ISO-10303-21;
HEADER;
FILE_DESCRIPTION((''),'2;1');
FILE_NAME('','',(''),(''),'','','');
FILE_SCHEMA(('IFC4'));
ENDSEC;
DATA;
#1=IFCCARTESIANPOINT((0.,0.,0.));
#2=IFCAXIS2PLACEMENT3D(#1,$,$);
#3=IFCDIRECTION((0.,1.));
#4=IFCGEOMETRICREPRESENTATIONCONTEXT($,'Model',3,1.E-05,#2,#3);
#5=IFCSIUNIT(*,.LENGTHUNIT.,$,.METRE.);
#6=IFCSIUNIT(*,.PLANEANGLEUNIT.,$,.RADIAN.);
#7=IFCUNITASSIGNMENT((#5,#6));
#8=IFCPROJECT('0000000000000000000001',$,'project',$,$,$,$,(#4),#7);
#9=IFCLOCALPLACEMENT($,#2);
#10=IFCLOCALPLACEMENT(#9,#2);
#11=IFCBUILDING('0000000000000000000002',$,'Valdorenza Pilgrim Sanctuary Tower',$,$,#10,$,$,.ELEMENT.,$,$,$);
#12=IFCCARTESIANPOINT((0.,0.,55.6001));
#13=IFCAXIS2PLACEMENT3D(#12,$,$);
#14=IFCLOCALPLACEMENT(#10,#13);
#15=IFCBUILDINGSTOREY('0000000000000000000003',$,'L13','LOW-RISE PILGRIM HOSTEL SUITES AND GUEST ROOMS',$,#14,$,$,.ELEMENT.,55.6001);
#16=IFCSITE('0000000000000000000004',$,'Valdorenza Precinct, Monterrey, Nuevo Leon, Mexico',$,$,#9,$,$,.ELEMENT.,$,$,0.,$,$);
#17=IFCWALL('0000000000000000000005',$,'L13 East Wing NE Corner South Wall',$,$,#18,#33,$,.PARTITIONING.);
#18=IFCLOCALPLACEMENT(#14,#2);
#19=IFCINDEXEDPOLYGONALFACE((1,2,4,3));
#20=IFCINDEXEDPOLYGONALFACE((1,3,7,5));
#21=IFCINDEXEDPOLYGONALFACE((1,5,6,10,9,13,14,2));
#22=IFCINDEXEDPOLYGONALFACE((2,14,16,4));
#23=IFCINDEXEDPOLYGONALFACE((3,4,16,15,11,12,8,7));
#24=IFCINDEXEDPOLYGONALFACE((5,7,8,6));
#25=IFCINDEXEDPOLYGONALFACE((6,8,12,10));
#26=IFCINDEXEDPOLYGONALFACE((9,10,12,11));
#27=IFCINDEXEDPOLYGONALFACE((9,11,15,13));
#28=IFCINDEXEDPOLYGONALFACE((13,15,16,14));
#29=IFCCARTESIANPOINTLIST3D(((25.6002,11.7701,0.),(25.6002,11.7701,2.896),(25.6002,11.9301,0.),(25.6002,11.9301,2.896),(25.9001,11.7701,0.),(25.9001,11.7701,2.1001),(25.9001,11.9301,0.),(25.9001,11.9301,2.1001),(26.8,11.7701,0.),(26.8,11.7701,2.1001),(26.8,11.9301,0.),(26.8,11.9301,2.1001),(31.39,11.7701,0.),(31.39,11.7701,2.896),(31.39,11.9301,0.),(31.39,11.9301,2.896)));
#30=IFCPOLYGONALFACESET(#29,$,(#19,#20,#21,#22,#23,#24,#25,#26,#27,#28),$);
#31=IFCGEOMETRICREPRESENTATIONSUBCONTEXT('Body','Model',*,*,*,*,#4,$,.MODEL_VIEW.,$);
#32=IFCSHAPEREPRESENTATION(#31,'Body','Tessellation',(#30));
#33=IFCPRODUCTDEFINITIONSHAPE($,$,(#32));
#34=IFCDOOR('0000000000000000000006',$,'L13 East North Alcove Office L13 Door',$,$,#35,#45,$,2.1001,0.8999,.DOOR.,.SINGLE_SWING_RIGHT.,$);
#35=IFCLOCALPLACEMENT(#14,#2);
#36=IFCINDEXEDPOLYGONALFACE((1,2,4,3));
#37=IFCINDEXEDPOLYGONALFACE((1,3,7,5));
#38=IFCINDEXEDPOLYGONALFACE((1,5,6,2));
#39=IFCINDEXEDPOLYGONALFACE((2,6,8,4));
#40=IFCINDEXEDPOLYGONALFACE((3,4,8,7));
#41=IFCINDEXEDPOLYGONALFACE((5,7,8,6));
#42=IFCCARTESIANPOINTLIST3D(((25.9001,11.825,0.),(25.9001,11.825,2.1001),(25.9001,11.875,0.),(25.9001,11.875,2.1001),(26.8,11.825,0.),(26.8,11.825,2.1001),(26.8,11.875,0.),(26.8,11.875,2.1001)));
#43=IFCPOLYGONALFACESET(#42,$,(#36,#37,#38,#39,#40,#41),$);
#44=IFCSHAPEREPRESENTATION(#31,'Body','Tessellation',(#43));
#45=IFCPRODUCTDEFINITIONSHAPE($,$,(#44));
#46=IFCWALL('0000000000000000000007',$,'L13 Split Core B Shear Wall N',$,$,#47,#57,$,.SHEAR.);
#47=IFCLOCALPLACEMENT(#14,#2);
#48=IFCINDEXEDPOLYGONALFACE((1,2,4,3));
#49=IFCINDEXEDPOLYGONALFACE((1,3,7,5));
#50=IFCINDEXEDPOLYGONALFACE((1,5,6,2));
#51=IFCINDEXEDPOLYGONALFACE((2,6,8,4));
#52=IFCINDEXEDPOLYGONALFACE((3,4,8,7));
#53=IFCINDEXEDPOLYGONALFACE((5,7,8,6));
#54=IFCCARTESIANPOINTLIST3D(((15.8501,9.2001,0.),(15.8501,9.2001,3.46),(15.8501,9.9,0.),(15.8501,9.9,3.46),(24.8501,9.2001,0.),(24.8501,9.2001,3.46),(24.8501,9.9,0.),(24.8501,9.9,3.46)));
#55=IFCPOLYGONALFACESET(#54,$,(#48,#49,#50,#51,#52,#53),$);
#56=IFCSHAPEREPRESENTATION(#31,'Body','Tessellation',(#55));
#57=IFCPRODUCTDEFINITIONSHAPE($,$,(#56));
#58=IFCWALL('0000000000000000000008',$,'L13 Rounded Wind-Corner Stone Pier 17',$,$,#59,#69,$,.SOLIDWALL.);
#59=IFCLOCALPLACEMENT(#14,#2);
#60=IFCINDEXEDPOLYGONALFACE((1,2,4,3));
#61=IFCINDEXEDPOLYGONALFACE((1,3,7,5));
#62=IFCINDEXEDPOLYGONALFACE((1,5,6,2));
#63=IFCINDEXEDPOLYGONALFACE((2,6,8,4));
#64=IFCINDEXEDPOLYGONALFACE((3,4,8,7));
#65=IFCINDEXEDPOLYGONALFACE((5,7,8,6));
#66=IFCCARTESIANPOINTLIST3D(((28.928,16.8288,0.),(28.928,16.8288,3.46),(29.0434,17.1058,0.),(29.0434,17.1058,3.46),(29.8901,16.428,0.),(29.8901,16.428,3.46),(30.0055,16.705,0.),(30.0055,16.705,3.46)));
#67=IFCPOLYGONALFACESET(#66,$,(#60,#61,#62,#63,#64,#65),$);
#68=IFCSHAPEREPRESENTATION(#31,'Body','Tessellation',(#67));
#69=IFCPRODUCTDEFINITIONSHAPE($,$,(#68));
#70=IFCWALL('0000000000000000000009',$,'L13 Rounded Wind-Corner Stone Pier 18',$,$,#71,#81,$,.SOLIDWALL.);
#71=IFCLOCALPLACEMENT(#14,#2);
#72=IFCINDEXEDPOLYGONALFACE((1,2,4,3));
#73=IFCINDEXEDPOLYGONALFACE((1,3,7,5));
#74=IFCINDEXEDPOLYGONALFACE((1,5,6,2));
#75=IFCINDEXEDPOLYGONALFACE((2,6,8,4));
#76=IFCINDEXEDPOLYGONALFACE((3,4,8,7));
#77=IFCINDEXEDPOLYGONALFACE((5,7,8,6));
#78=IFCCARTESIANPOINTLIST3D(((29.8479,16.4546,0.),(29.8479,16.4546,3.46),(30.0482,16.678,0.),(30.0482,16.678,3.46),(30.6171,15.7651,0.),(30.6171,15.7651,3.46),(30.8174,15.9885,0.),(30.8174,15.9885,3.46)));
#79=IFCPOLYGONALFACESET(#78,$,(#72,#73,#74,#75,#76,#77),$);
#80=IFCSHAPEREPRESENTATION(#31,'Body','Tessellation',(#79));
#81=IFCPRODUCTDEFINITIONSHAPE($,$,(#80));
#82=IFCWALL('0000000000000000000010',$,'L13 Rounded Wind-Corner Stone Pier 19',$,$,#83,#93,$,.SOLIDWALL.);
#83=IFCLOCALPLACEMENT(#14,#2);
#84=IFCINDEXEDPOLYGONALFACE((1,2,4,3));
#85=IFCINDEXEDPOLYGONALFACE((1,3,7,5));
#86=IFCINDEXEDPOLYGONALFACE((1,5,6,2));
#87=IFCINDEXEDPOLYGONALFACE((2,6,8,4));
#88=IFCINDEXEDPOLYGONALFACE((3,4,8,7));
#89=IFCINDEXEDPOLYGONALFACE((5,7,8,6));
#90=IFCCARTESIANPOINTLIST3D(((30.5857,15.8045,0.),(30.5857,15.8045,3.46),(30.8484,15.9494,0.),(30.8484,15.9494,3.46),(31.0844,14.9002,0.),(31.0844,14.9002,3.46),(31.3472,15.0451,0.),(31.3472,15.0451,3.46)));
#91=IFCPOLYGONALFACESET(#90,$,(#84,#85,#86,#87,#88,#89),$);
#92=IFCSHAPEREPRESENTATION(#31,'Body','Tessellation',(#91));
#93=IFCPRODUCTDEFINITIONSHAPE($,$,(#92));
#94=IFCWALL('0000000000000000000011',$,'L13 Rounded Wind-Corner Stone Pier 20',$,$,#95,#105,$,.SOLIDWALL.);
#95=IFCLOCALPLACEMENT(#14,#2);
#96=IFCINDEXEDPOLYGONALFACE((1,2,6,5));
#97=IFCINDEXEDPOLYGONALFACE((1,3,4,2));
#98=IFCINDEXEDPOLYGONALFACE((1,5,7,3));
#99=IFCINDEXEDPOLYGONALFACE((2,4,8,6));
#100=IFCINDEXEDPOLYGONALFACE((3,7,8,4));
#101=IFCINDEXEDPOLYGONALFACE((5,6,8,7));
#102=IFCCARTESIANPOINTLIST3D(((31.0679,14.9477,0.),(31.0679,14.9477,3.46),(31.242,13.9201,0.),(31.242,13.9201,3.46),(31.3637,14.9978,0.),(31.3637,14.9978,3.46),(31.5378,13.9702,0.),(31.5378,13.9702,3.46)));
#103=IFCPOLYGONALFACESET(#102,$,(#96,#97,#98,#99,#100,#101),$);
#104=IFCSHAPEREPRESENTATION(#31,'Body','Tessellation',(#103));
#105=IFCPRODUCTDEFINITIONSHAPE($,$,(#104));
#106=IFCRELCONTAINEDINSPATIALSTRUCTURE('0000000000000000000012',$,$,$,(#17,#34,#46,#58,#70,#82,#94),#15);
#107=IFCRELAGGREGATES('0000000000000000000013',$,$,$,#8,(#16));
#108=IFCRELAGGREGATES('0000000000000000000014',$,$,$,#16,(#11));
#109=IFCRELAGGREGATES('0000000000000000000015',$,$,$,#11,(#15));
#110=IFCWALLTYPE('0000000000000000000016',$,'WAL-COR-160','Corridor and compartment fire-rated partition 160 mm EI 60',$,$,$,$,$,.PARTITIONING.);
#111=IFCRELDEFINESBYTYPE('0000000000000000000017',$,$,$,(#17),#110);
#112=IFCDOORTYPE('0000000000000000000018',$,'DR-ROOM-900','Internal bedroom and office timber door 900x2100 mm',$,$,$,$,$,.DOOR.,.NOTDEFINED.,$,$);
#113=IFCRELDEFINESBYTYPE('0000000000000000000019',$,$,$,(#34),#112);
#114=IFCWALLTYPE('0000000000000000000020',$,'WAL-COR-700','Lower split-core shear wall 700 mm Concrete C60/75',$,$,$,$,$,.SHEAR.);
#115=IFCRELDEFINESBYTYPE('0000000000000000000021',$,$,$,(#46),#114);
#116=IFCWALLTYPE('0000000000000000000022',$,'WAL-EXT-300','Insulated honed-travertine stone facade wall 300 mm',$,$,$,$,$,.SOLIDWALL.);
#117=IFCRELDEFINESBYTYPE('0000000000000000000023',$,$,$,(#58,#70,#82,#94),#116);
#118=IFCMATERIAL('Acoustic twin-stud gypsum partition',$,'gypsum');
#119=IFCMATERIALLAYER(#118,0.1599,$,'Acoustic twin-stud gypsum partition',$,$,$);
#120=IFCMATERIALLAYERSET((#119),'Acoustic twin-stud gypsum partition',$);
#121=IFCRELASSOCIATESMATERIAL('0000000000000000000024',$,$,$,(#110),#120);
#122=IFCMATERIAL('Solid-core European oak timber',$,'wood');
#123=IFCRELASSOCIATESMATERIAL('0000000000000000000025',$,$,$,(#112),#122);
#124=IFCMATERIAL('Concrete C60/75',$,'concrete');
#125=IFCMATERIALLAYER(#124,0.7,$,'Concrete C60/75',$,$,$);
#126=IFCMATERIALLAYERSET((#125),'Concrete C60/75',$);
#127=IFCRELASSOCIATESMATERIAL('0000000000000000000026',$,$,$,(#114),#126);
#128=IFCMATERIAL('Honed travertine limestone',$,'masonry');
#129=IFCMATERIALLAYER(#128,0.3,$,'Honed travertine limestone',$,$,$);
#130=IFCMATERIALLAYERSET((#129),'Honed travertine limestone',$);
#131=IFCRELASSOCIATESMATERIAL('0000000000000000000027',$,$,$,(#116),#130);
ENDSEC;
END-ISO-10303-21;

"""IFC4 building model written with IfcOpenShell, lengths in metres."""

from ifc_helpers import new_model, si_unit, direction, frame, frame_2d, origin, place, context, subcontext, project, spatial, rectangle, extrude, material, layer, layer_set, type_object, element, fill, save


model = new_model("IFC4")

# Units and contexts
model_context = context("Model", 3, precision=1e-05, world=origin(), true_north=direction((0.0, 1.0)))
body_context = subcontext(model_context, "Body", "Model", "MODEL_VIEW")
ifc_project = project(units=[si_unit("LENGTHUNIT", "METRE"), si_unit("PLANEANGLEUNIT", "RADIAN")], contexts=[model_context])

# Site, building, storey
site_placement = place(None, origin())
site = spatial("IfcSite", under=ifc_project, at=site_placement, Name="Valdorenza Precinct, Monterrey, Nuevo Leon, Mexico", CompositionType="ELEMENT", RefElevation=0.0)
building_placement = place(site_placement, origin())
building = spatial("IfcBuilding", under=site, at=building_placement, Name="Valdorenza Pilgrim Sanctuary Tower", CompositionType="ELEMENT")
storey_placement = place(building_placement, frame((0.0, 0.0, 55.6001)))
storey = spatial("IfcBuildingStorey", under=building, at=storey_placement, Name="L13", Description="LOW-RISE PILGRIM HOSTEL SUITES AND GUEST ROOMS", CompositionType="ELEMENT", Elevation=55.6001)

# Shared definitions
ifc_material_1 = material(Name="Concrete C60/75", Category="concrete")

# Shared definitions
ifc_material_2 = material(Name="Honed travertine limestone", Category="masonry")

# Shared definitions
ifc_material_3 = material(Name="Acoustic twin-stud gypsum partition", Category="gypsum")
ifc_layer_1 = layer(ifc_material_3, 0.1599, Name="Acoustic twin-stud gypsum partition")
ifc_layer_set_1 = layer_set([ifc_layer_1], Name="Acoustic twin-stud gypsum partition")
wall_type_1 = type_object("IfcWallType", Name="WAL-COR-160", Description="Corridor and compartment fire-rated partition 160 mm EI 60", PredefinedType="PARTITIONING", material=ifc_layer_set_1)

# Wall, opening, door
wall_1_placement = place(storey_placement, frame((25.6001, 11.8501, 0.0), z_axis=(0.0, 0.0, 1.0), x_axis=(1.0, 0.0, 0.0)))
wall_1 = element("IfcWall", 1, at=wall_1_placement, inside=storey, type_object=wall_type_1, Name="L13 East Wing NE Corner South Wall", PredefinedType="PARTITIONING", context=body_context, shape_type="SweptSolid", body=[
    extrude(rectangle(XDim=5.7898, YDim=0.1599, at=frame_2d((2.895, 0.0))), origin(), (0.0, 0.0, 1.0), 2.896),
])
opening_placement = place(wall_1_placement, frame((0.3, 0.0, 0.0)))
opening = element("IfcOpeningElement", 2, at=opening_placement, cuts=wall_1, PredefinedType="OPENING", context=body_context, shape_type="SweptSolid", body=[
    extrude(rectangle(XDim=0.8999, YDim=2.1001, at=frame_2d((0.45, 1.05))), frame((0.0, 0.0947, 0.0), z_axis=(0.0, -1.0, 0.0), x_axis=(1.0, 0.0, 0.0)), (0.0, 0.0, 1.0), 0.1897),
])
ifc_material_4 = material(Name="Solid-core European oak timber", Category="wood")
door_type = type_object("IfcDoorType", Name="DR-ROOM-900", Description="Internal bedroom and office timber door 900x2100 mm", OperationType="NOTDEFINED", PredefinedType="DOOR", material=ifc_material_4)
door_placement = place(opening_placement, origin())
door = element("IfcDoor", 3, at=door_placement, inside=storey, type_object=door_type, Name="L13 East North Alcove Office L13 Door", OperationType="SINGLE_SWING_RIGHT", OverallHeight=2.1001, OverallWidth=0.8999, PredefinedType="DOOR", context=body_context, shape_type="SweptSolid", body=[
    extrude(rectangle(XDim=0.8999, YDim=2.1001, at=frame_2d((0.45, 1.05))), frame((0.0, 0.0249, 0.0), z_axis=(0.0, -1.0, 0.0), x_axis=(1.0, 0.0, 0.0)), (0.0, 0.0, 1.0), 0.05),
])
fill(opening, door)

# Walls
ifc_layer_2 = layer(ifc_material_1, 0.7, Name="Concrete C60/75")
ifc_layer_set_2 = layer_set([ifc_layer_2], Name="Concrete C60/75")
wall_type_2 = type_object("IfcWallType", Name="WAL-COR-700", Description="Lower split-core shear wall 700 mm Concrete C60/75", PredefinedType="SHEAR", material=ifc_layer_set_2)
wall_2_placement = place(storey_placement, frame((15.8501, 9.55, 0.0), z_axis=(0.0, 0.0, 1.0), x_axis=(1.0, 0.0, 0.0)))
element("IfcWall", 4, at=wall_2_placement, inside=storey, type_object=wall_type_2, Name="L13 Split Core B Shear Wall N", PredefinedType="SHEAR", context=body_context, shape_type="SweptSolid", body=[
    extrude(rectangle(XDim=9.0, YDim=0.7, at=frame_2d((4.5, 0.0))), origin(), (0.0, 0.0, 1.0), 3.46),
])
ifc_layer_3 = layer(ifc_material_2, 0.3, Name="Honed travertine limestone")
ifc_layer_set_3 = layer_set([ifc_layer_3], Name="Honed travertine limestone")
wall_type_3 = type_object("IfcWallType", Name="WAL-EXT-300", Description="Insulated honed-travertine stone facade wall 300 mm", PredefinedType="SOLIDWALL", material=ifc_layer_set_3)
wall_3_placement = place(storey_placement, frame((28.9858, 16.9673, 0.0), z_axis=(0.0, 0.0, 1.0), x_axis=(0.923084, -0.384599, 0.0)))
element("IfcWall", 5, at=wall_3_placement, inside=storey, type_object=wall_type_3, Name="L13 Rounded Wind-Corner Stone Pier 17", PredefinedType="SOLIDWALL", context=body_context, shape_type="SweptSolid", body=[
    extrude(rectangle(XDim=1.0422, YDim=0.3, at=frame_2d((0.521, 0.0))), origin(), (0.0, 0.0, 1.0), 3.46),
])
wall_4_placement = place(storey_placement, frame((29.948, 16.5664, 0.0), z_axis=(0.0, 0.0, 1.0), x_axis=(0.744586, -0.667527, 0.0)))
element("IfcWall", 6, at=wall_4_placement, inside=storey, type_object=wall_type_3, Name="L13 Rounded Wind-Corner Stone Pier 18", PredefinedType="SOLIDWALL", context=body_context, shape_type="SweptSolid", body=[
    extrude(rectangle(XDim=1.033, YDim=0.3, at=frame_2d((0.5166, 0.0))), origin(), (0.0, 0.0, 1.0), 3.46),
])
wall_5_placement = place(storey_placement, frame((30.717, 15.877, 0.0), z_axis=(0.0, 0.0, 1.0), x_axis=(0.482971, -0.875636, 0.0)))
element("IfcWall", 7, at=wall_5_placement, inside=storey, type_object=wall_type_3, Name="L13 Rounded Wind-Corner Stone Pier 19", PredefinedType="SOLIDWALL", context=body_context, shape_type="SweptSolid", body=[
    extrude(rectangle(XDim=1.0327, YDim=0.3, at=frame_2d((0.5164, 0.0))), origin(), (0.0, 0.0, 1.0), 3.46),
])
wall_6_placement = place(storey_placement, frame((31.2158, 14.9727, 0.0), z_axis=(0.0, 0.0, 1.0), x_axis=(0.167019, -0.985954, 0.0)))
element("IfcWall", 8, at=wall_6_placement, inside=storey, type_object=wall_type_3, Name="L13 Rounded Wind-Corner Stone Pier 20", PredefinedType="SOLIDWALL", context=body_context, shape_type="SweptSolid", body=[
    extrude(rectangle(XDim=1.0422, YDim=0.3, at=frame_2d((0.521, 0.0))), origin(), (0.0, 0.0, 1.0), 3.46),
])

save(model, "model.ifc")
